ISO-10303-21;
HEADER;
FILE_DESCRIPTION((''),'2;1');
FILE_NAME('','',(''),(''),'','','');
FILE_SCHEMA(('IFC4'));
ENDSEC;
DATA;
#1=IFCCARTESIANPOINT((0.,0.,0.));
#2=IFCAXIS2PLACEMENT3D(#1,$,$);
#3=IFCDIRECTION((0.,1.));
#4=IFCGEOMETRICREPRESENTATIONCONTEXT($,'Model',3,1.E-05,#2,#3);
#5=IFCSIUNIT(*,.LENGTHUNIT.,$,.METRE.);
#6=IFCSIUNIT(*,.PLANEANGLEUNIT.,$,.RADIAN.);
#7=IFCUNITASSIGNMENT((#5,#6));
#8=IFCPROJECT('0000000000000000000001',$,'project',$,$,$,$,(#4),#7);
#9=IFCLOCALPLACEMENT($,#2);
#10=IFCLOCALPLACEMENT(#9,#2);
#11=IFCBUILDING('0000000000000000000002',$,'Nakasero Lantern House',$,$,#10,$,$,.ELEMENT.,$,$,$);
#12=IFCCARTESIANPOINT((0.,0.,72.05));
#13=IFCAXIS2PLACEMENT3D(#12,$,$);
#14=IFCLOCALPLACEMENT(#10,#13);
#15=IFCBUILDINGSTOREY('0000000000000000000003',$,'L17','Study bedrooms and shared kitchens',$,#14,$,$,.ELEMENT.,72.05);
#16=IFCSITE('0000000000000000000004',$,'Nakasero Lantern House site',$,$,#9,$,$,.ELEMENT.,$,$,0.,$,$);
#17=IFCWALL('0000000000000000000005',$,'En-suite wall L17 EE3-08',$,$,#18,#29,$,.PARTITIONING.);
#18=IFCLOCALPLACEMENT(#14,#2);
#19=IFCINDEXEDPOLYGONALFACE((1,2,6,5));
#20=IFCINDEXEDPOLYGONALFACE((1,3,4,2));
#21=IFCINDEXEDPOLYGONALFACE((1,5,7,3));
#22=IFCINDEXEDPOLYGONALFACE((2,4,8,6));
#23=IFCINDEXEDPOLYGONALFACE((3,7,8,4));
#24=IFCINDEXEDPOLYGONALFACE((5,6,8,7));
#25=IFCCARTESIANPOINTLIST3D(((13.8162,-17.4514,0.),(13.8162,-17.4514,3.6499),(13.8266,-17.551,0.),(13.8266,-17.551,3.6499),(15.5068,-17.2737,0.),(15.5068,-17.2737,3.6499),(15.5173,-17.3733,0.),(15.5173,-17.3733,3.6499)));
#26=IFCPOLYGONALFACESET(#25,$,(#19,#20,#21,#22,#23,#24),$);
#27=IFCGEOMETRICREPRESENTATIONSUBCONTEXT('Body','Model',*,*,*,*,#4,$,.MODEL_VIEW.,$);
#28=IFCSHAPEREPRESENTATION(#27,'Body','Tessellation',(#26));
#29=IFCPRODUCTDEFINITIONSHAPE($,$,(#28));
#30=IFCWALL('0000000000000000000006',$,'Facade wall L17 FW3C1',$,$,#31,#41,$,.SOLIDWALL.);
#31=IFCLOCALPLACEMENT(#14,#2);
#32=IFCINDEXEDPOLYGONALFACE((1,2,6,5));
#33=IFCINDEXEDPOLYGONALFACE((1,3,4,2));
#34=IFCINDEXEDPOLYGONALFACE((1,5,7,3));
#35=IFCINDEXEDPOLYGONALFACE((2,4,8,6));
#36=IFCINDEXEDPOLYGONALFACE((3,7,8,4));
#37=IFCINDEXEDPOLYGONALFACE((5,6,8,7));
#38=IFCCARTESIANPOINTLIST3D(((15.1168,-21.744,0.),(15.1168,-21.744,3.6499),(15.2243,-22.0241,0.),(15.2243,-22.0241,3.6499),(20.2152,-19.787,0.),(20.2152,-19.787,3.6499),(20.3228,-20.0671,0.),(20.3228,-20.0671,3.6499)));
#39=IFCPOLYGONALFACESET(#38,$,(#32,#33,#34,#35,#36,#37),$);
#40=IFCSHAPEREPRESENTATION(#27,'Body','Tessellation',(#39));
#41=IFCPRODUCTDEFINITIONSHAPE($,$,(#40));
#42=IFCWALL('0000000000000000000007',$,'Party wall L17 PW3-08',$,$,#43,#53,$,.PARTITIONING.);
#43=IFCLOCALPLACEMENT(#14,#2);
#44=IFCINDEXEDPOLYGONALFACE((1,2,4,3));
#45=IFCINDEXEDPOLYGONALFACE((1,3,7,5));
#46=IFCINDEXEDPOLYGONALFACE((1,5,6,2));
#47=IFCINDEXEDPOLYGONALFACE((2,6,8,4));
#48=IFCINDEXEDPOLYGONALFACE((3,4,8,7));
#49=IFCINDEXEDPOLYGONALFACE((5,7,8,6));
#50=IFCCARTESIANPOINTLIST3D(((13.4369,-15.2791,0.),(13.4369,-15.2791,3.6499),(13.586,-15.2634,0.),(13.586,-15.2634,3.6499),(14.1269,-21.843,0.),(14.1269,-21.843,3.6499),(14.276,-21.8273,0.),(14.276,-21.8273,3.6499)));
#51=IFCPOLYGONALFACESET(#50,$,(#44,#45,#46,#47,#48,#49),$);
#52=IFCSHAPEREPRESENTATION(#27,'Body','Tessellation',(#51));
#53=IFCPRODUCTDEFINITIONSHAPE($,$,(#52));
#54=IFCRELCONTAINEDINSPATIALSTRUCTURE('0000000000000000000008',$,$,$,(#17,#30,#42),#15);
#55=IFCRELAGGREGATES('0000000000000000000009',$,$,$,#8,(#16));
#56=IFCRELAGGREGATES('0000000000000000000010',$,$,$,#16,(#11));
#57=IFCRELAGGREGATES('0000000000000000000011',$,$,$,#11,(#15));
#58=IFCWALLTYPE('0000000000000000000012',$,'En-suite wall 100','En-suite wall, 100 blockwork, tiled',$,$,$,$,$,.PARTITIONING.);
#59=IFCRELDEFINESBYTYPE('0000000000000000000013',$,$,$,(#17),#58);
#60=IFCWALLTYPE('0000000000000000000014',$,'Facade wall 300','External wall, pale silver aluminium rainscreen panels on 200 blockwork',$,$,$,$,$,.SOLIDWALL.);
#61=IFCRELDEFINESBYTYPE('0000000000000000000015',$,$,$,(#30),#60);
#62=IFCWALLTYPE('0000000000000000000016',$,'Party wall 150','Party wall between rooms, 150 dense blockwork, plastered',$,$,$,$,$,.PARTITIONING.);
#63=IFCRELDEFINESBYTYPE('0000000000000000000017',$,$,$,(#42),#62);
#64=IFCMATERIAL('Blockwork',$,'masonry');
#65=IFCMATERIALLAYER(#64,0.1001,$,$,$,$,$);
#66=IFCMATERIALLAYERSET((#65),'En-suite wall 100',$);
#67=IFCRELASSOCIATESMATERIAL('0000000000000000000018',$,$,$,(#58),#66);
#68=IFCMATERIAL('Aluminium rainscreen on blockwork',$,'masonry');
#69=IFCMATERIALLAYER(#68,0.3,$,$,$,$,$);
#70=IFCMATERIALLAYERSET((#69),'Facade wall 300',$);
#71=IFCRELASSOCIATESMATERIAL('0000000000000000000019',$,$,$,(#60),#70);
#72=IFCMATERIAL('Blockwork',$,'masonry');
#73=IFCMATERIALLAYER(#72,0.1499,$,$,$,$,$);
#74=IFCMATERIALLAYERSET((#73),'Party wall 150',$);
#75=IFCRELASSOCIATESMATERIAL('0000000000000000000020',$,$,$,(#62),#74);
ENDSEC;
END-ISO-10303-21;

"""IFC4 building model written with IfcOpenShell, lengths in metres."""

from ifc_helpers import new_model, si_unit, direction, frame, frame_2d, origin, place, context, subcontext, project, spatial, rectangle, extrude, material, layer, layer_set, type_object, element, save


model = new_model("IFC4")

# Units and contexts
model_context = context("Model", 3, precision=1e-05, world=origin(), true_north=direction((0.0, 1.0)))
body_context = subcontext(model_context, "Body", "Model", "MODEL_VIEW")
ifc_project = project(units=[si_unit("LENGTHUNIT", "METRE"), si_unit("PLANEANGLEUNIT", "RADIAN")], contexts=[model_context])

# Site, building, storey
site_placement = place(None, origin())
site = spatial("IfcSite", under=ifc_project, at=site_placement, Name="Nakasero Lantern House site", CompositionType="ELEMENT", RefElevation=0.0)
building_placement = place(site_placement, origin())
building = spatial("IfcBuilding", under=site, at=building_placement, Name="Nakasero Lantern House", CompositionType="ELEMENT")
storey_placement = place(building_placement, frame((0.0, 0.0, 72.05)))
storey = spatial("IfcBuildingStorey", under=building, at=storey_placement, Name="L17", Description="Study bedrooms and shared kitchens", CompositionType="ELEMENT", Elevation=72.05)

# Shared definitions
ifc_material_1 = material(Name="Blockwork", Category="masonry")
ifc_layer_1 = layer(ifc_material_1, 0.1001)
ifc_layer_set_1 = layer_set([ifc_layer_1], Name="En-suite wall 100")
wall_type_1 = type_object("IfcWallType", Name="En-suite wall 100", Description="En-suite wall, 100 blockwork, tiled", PredefinedType="PARTITIONING", material=ifc_layer_set_1)

# Walls
wall_1_placement = place(storey_placement, frame((13.8213, -17.5012, 0.0), z_axis=(0.0, 0.0, 1.0), x_axis=(0.99452, 0.10455, 0.0)))
element("IfcWall", 1, at=wall_1_placement, inside=storey, type_object=wall_type_1, Name="En-suite wall L17 EE3-08", PredefinedType="PARTITIONING", context=body_context, shape_type="SweptSolid", body=[
    extrude(rectangle(XDim=1.7, YDim=0.1001, at=frame_2d((0.8501, 0.0))), origin(), (0.0, 0.0, 1.0), 3.6499),
])
ifc_material_2 = material(Name="Aluminium rainscreen on blockwork", Category="masonry")
ifc_layer_2 = layer(ifc_material_2, 0.3)
ifc_layer_set_2 = layer_set([ifc_layer_2], Name="Facade wall 300")
wall_type_2 = type_object("IfcWallType", Name="Facade wall 300", Description="External wall, pale silver aluminium rainscreen panels on 200 blockwork", PredefinedType="SOLIDWALL", material=ifc_layer_set_2)
wall_2_placement = place(storey_placement, frame((15.1707, -21.884, 0.0), z_axis=(0.0, 0.0, 1.0), x_axis=(0.933584, 0.358359, 0.0)))
element("IfcWall", 2, at=wall_2_placement, inside=storey, type_object=wall_type_2, Name="Facade wall L17 FW3C1", PredefinedType="SOLIDWALL", context=body_context, shape_type="SweptSolid", body=[
    extrude(rectangle(XDim=5.4612, YDim=0.3, at=frame_2d((2.7305, 0.0))), origin(), (0.0, 0.0, 1.0), 3.6499),
])
ifc_material_3 = material(Name="Blockwork", Category="masonry")
ifc_layer_3 = layer(ifc_material_3, 0.1499)
ifc_layer_set_3 = layer_set([ifc_layer_3], Name="Party wall 150")
wall_type_3 = type_object("IfcWallType", Name="Party wall 150", Description="Party wall between rooms, 150 dense blockwork, plastered", PredefinedType="PARTITIONING", material=ifc_layer_set_3)
wall_3_placement = place(storey_placement, frame((13.5115, -15.2712, 0.0), z_axis=(0.0, 0.0, 1.0), x_axis=(0.104535, -0.994521, 0.0)))
element("IfcWall", 3, at=wall_3_placement, inside=storey, type_object=wall_type_3, Name="Party wall L17 PW3-08", PredefinedType="PARTITIONING", context=body_context, shape_type="SweptSolid", body=[
    extrude(rectangle(XDim=6.6001, YDim=0.1499, at=frame_2d((3.3, 0.0))), origin(), (0.0, 0.0, 1.0), 3.6499),
])

save(model, "model.ifc")
